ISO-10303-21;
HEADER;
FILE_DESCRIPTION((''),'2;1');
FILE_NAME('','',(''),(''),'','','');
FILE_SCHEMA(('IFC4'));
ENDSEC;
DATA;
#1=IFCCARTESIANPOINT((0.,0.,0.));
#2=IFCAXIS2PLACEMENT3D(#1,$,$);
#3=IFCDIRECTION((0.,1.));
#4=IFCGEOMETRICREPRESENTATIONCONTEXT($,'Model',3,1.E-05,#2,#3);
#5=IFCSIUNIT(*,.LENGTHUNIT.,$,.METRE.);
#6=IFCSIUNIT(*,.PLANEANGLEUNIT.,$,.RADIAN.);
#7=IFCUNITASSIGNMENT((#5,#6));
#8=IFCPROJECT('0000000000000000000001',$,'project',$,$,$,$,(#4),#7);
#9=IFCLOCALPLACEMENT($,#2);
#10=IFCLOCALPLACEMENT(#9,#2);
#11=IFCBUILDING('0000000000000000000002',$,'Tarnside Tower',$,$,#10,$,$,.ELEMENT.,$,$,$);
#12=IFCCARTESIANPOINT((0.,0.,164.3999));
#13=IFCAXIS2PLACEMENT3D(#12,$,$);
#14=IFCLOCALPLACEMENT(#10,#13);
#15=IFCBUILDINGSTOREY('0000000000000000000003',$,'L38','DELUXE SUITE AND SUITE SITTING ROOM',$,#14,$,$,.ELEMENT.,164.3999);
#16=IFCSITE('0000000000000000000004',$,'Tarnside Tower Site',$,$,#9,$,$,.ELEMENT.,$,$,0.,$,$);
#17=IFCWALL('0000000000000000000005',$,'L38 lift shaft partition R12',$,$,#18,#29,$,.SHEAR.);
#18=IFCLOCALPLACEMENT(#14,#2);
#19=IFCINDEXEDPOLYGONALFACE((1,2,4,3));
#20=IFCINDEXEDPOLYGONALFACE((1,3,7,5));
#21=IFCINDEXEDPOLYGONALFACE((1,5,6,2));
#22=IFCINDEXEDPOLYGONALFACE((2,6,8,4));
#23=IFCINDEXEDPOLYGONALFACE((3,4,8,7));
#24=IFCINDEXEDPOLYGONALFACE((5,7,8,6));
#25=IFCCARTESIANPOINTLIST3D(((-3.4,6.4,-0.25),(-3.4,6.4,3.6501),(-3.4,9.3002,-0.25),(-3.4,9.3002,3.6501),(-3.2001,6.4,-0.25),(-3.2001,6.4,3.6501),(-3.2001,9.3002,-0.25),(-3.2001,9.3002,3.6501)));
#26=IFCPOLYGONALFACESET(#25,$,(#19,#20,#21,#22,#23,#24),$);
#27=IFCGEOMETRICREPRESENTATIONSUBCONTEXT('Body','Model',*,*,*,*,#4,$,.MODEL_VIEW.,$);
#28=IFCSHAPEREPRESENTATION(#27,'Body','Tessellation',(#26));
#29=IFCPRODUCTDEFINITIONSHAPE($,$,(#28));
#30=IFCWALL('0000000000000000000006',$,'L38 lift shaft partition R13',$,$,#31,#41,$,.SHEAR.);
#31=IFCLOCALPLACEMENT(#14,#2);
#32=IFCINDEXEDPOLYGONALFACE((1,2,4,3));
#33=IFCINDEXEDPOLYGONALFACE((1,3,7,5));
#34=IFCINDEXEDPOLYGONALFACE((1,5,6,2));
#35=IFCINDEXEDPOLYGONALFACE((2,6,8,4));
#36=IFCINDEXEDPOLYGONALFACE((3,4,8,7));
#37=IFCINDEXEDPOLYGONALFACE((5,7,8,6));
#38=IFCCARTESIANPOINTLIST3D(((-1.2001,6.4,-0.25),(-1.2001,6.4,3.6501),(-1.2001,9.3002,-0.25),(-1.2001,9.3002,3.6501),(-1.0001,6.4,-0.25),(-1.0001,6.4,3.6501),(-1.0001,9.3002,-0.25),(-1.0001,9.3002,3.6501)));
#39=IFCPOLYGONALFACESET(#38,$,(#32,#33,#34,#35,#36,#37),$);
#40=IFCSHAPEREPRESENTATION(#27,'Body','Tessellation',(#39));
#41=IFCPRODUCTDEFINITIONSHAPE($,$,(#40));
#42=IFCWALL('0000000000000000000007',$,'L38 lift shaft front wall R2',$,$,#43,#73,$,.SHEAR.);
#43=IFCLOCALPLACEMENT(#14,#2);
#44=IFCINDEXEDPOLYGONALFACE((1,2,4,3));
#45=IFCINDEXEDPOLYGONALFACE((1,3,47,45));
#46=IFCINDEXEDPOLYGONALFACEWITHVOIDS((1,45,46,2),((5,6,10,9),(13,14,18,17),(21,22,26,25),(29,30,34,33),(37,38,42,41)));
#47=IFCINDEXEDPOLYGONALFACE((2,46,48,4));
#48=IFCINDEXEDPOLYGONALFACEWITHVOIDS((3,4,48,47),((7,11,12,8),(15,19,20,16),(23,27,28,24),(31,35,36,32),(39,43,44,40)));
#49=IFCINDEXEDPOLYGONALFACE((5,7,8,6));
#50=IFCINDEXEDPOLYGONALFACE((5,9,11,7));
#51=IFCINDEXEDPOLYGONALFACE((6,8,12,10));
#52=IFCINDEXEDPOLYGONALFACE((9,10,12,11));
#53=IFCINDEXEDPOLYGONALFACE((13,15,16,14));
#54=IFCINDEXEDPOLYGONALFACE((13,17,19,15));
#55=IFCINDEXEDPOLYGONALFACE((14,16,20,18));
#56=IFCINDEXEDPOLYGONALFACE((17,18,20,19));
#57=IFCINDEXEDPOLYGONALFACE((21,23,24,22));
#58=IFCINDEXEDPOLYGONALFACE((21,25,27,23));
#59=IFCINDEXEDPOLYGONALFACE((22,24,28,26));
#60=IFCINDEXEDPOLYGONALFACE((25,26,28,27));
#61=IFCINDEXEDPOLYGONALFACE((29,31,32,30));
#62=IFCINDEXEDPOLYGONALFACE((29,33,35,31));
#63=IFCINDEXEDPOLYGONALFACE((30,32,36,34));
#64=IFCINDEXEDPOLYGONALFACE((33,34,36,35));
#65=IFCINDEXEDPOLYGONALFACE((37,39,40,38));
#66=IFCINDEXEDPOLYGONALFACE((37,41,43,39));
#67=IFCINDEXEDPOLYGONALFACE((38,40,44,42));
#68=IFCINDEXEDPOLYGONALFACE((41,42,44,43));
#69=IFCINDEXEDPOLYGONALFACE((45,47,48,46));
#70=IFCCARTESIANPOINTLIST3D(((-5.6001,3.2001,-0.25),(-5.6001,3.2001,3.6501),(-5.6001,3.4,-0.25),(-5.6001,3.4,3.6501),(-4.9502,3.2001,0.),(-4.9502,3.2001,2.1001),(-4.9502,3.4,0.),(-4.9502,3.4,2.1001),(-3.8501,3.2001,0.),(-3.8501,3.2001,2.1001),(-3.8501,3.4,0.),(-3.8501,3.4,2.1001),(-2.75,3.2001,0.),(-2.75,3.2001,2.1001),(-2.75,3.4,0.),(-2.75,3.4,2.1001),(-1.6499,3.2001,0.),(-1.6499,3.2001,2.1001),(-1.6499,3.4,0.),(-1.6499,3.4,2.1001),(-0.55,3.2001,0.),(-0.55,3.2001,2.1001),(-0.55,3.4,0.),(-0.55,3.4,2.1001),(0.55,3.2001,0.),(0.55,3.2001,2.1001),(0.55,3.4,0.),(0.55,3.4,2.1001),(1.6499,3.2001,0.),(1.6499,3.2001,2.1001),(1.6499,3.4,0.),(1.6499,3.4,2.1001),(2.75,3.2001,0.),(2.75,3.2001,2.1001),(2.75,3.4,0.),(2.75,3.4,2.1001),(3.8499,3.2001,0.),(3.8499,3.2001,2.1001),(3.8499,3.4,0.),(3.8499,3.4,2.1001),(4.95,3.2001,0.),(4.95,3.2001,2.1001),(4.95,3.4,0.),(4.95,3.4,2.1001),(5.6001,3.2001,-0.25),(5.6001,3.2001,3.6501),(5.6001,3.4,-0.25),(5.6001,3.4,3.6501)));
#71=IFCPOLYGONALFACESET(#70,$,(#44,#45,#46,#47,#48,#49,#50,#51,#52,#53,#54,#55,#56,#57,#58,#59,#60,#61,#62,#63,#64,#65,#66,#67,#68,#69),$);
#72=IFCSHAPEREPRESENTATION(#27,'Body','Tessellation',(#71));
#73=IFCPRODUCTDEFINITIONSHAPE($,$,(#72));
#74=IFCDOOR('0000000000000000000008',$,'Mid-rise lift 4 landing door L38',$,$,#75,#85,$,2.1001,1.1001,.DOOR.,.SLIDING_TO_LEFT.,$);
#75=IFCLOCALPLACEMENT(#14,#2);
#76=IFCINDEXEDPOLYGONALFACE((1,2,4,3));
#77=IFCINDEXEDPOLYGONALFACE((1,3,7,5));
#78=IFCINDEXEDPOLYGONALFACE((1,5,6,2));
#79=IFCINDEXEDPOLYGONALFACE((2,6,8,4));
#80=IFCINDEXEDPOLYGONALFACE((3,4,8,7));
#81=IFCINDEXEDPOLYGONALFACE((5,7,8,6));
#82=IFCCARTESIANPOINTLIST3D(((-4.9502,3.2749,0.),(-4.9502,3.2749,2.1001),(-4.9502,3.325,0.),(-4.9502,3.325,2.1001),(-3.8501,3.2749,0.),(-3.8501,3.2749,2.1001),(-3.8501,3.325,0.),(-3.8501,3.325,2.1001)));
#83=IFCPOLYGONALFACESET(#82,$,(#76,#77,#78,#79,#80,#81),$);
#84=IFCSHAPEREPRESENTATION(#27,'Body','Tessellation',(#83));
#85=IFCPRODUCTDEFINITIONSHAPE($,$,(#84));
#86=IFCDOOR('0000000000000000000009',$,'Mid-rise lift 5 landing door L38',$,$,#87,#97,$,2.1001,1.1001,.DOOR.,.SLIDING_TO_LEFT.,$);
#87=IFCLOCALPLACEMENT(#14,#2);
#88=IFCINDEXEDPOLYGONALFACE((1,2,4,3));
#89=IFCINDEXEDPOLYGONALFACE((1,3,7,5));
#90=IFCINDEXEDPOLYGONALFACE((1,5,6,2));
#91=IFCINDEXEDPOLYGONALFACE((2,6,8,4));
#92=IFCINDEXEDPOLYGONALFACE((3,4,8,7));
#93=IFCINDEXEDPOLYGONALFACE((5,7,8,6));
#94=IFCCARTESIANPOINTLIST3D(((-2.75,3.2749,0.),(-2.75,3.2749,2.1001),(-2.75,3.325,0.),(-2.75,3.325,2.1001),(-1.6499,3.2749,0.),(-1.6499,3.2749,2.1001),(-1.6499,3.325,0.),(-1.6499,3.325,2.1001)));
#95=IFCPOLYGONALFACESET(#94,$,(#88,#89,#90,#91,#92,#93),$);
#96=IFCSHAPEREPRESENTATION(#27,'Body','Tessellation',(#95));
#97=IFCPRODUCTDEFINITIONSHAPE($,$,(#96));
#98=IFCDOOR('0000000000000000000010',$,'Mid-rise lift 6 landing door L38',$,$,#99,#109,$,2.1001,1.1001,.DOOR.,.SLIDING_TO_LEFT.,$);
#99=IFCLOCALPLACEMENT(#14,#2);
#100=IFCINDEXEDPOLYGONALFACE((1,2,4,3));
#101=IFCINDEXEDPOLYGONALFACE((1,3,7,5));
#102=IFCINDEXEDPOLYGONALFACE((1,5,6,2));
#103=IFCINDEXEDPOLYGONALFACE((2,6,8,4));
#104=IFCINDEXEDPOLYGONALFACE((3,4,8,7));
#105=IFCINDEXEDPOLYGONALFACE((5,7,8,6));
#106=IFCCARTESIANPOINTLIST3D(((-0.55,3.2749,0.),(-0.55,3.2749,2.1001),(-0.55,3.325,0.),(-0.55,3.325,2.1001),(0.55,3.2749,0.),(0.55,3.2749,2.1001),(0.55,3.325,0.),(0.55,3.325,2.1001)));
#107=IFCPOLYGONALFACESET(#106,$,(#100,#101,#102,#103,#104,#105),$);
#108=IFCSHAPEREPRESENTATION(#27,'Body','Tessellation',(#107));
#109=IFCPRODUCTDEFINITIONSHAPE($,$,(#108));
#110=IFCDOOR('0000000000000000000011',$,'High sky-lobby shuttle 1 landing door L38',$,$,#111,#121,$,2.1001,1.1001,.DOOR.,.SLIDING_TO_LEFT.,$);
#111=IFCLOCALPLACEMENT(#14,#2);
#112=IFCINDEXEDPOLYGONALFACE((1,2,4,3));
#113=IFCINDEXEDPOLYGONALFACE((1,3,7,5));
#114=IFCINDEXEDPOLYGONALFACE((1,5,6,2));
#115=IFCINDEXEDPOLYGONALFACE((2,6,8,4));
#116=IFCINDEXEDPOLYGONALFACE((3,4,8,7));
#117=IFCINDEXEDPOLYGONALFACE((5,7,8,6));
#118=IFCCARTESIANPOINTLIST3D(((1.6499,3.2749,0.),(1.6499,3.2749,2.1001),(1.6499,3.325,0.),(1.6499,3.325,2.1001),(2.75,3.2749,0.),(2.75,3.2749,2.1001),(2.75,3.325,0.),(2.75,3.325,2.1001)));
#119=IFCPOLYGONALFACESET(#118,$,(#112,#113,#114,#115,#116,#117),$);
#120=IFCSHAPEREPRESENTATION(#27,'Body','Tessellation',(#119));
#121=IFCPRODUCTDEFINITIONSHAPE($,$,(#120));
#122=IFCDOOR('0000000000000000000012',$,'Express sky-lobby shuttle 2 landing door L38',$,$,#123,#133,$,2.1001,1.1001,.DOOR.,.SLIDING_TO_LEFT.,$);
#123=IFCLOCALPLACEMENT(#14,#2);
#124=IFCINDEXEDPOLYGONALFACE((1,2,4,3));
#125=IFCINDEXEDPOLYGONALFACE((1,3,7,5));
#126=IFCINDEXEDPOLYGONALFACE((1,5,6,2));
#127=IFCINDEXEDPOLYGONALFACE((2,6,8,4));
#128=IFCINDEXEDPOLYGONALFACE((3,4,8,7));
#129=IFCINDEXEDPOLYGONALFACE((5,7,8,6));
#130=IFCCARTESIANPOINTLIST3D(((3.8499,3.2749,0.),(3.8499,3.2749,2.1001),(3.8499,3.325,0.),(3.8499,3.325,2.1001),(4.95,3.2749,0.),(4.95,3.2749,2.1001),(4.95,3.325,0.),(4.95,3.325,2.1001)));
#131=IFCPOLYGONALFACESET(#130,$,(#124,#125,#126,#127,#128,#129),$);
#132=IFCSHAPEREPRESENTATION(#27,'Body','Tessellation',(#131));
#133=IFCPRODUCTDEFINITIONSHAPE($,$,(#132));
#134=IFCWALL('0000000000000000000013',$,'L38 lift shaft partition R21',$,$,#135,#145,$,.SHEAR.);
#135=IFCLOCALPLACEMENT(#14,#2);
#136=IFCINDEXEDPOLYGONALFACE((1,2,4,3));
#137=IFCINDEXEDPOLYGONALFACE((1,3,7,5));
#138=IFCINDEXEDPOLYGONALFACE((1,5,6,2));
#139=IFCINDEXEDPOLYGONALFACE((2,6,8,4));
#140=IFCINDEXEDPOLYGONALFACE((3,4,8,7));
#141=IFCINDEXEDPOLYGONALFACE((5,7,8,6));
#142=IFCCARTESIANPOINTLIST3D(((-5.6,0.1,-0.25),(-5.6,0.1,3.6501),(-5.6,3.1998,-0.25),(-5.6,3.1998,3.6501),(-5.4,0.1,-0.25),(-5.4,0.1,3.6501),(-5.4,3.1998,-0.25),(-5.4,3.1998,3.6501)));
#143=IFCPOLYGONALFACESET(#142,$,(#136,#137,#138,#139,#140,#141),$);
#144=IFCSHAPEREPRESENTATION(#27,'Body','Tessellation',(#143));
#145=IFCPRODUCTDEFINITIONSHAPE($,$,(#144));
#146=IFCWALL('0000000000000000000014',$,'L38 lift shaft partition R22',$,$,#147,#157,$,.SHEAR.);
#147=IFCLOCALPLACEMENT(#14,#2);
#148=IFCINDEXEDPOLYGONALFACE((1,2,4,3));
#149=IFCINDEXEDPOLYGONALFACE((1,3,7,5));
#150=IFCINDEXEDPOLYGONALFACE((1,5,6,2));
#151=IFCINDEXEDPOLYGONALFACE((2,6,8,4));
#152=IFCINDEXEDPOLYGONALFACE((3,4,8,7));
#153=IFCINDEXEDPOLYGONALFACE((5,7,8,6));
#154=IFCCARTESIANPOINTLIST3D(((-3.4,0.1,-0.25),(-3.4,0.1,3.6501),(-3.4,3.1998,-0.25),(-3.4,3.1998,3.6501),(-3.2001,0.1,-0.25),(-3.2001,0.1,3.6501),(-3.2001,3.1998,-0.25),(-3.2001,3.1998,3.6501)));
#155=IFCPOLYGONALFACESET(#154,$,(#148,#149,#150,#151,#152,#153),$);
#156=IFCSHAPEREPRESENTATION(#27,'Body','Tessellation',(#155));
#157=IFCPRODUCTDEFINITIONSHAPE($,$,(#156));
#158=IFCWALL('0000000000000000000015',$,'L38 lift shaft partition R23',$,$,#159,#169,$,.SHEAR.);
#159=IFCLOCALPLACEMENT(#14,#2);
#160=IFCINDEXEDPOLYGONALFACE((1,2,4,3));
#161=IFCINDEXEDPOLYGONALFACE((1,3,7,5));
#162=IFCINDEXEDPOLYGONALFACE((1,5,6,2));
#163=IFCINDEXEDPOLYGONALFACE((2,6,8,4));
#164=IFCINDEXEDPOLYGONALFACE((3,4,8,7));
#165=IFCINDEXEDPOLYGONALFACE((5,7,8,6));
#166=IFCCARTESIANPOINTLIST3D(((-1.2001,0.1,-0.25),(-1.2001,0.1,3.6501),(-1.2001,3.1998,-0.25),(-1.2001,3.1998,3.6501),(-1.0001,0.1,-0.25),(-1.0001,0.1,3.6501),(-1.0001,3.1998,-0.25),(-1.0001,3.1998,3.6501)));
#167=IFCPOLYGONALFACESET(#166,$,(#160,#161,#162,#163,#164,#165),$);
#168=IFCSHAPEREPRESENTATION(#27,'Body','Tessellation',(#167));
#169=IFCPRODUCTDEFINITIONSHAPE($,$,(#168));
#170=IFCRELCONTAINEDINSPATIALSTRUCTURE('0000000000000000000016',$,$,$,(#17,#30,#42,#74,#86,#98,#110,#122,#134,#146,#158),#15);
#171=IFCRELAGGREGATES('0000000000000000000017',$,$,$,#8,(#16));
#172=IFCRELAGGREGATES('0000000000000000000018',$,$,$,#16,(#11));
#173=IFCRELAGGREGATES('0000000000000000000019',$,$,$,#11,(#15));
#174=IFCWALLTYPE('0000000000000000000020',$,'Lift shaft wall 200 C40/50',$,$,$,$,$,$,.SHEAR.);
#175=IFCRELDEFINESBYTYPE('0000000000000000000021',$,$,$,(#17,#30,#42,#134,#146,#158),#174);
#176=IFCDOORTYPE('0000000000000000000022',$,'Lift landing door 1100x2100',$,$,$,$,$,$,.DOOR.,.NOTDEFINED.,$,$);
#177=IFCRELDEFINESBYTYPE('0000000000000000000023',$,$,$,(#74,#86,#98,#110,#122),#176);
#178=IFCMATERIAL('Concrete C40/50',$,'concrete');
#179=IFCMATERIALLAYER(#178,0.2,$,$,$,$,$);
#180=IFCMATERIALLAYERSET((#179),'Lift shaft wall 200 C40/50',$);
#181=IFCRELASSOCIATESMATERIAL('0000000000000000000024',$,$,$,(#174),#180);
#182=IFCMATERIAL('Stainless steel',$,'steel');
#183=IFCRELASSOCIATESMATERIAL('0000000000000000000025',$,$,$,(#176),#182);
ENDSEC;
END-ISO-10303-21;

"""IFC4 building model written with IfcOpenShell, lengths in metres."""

from ifc_helpers import new_model, si_unit, direction, frame, frame_2d, origin, place, context, subcontext, project, spatial, rectangle, extrude, material, layer, layer_set, type_object, element, fill, save


model = new_model("IFC4")

# Units and contexts
model_context = context("Model", 3, precision=1e-05, world=origin(), true_north=direction((0.0, 1.0)))
body_context = subcontext(model_context, "Body", "Model", "MODEL_VIEW")
ifc_project = project(units=[si_unit("LENGTHUNIT", "METRE"), si_unit("PLANEANGLEUNIT", "RADIAN")], contexts=[model_context])

# Site, building, storey
site_placement = place(None, origin())
site = spatial("IfcSite", under=ifc_project, at=site_placement, Name="Tarnside Tower Site", CompositionType="ELEMENT", RefElevation=0.0)
building_placement = place(site_placement, origin())
building = spatial("IfcBuilding", under=site, at=building_placement, Name="Tarnside Tower", CompositionType="ELEMENT")
storey_placement = place(building_placement, frame((0.0, 0.0, 164.3999)))
storey = spatial("IfcBuildingStorey", under=building, at=storey_placement, Name="L38", Description="DELUXE SUITE AND SUITE SITTING ROOM", CompositionType="ELEMENT", Elevation=164.3999)

# Shared definitions
ifc_material_1 = material(Name="Concrete C40/50", Category="concrete")

# Shared definitions
ifc_layer_1 = layer(ifc_material_1, 0.2)
ifc_layer_set_1 = layer_set([ifc_layer_1], Name="Lift shaft wall 200 C40/50")
wall_type = type_object("IfcWallType", Name="Lift shaft wall 200 C40/50", PredefinedType="SHEAR", material=ifc_layer_set_1)
ifc_material_2 = material(Name="Stainless steel", Category="steel")
door_type_1 = type_object("IfcDoorType", Name="Lift landing door 1100x2100", OperationType="NOTDEFINED", PredefinedType="DOOR", material=ifc_material_2)

# Walls
for number, where, z_axis, x_axis, name in (
    (1, (-3.3, 6.3999, -0.25), (0.0, 0.0, 1.0), (0.0, 1.0, 0.0), "L38 lift shaft partition R12"),
    (2, (-1.1001, 6.3999, -0.25), (0.0, 0.0, 1.0), (0.0, 1.0, 0.0), "L38 lift shaft partition R13"),
):
    element("IfcWall", number, at=place(storey_placement, frame(where, z_axis=z_axis, x_axis=x_axis)), inside=storey, type_object=wall_type, Name=name, PredefinedType="SHEAR", context=body_context, shape_type="SweptSolid", body=[
        extrude(rectangle(XDim=2.9001, YDim=0.2, at=frame_2d((1.4502, 0.0))), origin(), (0.0, 0.0, 1.0), 3.9001),
    ])

# Wall, openings, doors
wall_1_placement = place(storey_placement, frame((-5.6001, 3.3, -0.25), z_axis=(0.0, 0.0, 1.0), x_axis=(1.0, 0.0, 0.0)))
wall_1 = element("IfcWall", 3, at=wall_1_placement, inside=storey, type_object=wall_type, Name="L38 lift shaft front wall R2", PredefinedType="SHEAR", context=body_context, shape_type="SweptSolid", body=[
    extrude(rectangle(XDim=11.2002, YDim=0.2, at=frame_2d((5.6001, 0.0))), origin(), (0.0, 0.0, 1.0), 3.9001),
])
opening_1_placement = place(wall_1_placement, frame((0.6499, 0.0, 0.25)))
opening_1 = element("IfcOpeningElement", 4, at=opening_1_placement, cuts=wall_1, PredefinedType="OPENING", context=body_context, shape_type="SweptSolid", body=[
    extrude(rectangle(XDim=1.1001, YDim=2.1001, at=frame_2d((0.55, 1.05))), frame((0.0, 0.1099, 0.0), z_axis=(0.0, -1.0, 0.0), x_axis=(1.0, 0.0, 0.0)), (0.0, 0.0, 1.0), 0.22),
])
opening_2_placement = place(wall_1_placement, frame((2.8501, 0.0, 0.25)))
opening_2 = element("IfcOpeningElement", 5, at=opening_2_placement, cuts=wall_1, PredefinedType="OPENING", context=body_context, shape_type="SweptSolid", body=[
    extrude(rectangle(XDim=1.1001, YDim=2.1001, at=frame_2d((0.55, 1.05))), frame((0.0, 0.1099, 0.0), z_axis=(0.0, -1.0, 0.0), x_axis=(1.0, 0.0, 0.0)), (0.0, 0.0, 1.0), 0.22),
])
opening_3_placement = place(wall_1_placement, frame((5.05, 0.0, 0.25)))
opening_3 = element("IfcOpeningElement", 6, at=opening_3_placement, cuts=wall_1, PredefinedType="OPENING", context=body_context, shape_type="SweptSolid", body=[
    extrude(rectangle(XDim=1.1001, YDim=2.1001, at=frame_2d((0.55, 1.05))), frame((0.0, 0.1099, 0.0), z_axis=(0.0, -1.0, 0.0), x_axis=(1.0, 0.0, 0.0)), (0.0, 0.0, 1.0), 0.22),
])
opening_4_placement = place(wall_1_placement, frame((7.25, 0.0, 0.25)))
opening_4 = element("IfcOpeningElement", 7, at=opening_4_placement, cuts=wall_1, PredefinedType="OPENING", context=body_context, shape_type="SweptSolid", body=[
    extrude(rectangle(XDim=1.1001, YDim=2.1001, at=frame_2d((0.55, 1.05))), frame((0.0, 0.1099, 0.0), z_axis=(0.0, -1.0, 0.0), x_axis=(1.0, 0.0, 0.0)), (0.0, 0.0, 1.0), 0.22),
])
opening_5_placement = place(wall_1_placement, frame((9.45, 0.0, 0.25)))
opening_5 = element("IfcOpeningElement", 8, at=opening_5_placement, cuts=wall_1, PredefinedType="OPENING", context=body_context, shape_type="SweptSolid", body=[
    extrude(rectangle(XDim=1.1001, YDim=2.1001, at=frame_2d((0.55, 1.05))), frame((0.0, 0.1099, 0.0), z_axis=(0.0, -1.0, 0.0), x_axis=(1.0, 0.0, 0.0)), (0.0, 0.0, 1.0), 0.22),
])
door_1_placement = place(opening_1_placement, origin())
door_1 = element("IfcDoor", 9, at=door_1_placement, inside=storey, type_object=door_type_1, Name="Mid-rise lift 4 landing door L38", OperationType="SLIDING_TO_LEFT", OverallHeight=2.1001, OverallWidth=1.1001, PredefinedType="DOOR", context=body_context, shape_type="SweptSolid", body=[
    extrude(rectangle(XDim=1.1001, YDim=2.1001, at=frame_2d((0.55, 1.05))), frame((0.0, 0.0249, 0.0), z_axis=(0.0, -1.0, 0.0), x_axis=(1.0, 0.0, 0.0)), (0.0, 0.0, 1.0), 0.05),
])
fill(opening_1, door_1)
door_2_placement = place(opening_2_placement, origin())
door_2 = element("IfcDoor", 10, at=door_2_placement, inside=storey, type_object=door_type_1, Name="Mid-rise lift 5 landing door L38", OperationType="SLIDING_TO_LEFT", OverallHeight=2.1001, OverallWidth=1.1001, PredefinedType="DOOR", context=body_context, shape_type="SweptSolid", body=[
    extrude(rectangle(XDim=1.1001, YDim=2.1001, at=frame_2d((0.55, 1.05))), frame((0.0, 0.0249, 0.0), z_axis=(0.0, -1.0, 0.0), x_axis=(1.0, 0.0, 0.0)), (0.0, 0.0, 1.0), 0.05),
])
fill(opening_2, door_2)
door_3_placement = place(opening_3_placement, origin())
door_3 = element("IfcDoor", 11, at=door_3_placement, inside=storey, type_object=door_type_1, Name="Mid-rise lift 6 landing door L38", OperationType="SLIDING_TO_LEFT", OverallHeight=2.1001, OverallWidth=1.1001, PredefinedType="DOOR", context=body_context, shape_type="SweptSolid", body=[
    extrude(rectangle(XDim=1.1001, YDim=2.1001, at=frame_2d((0.55, 1.05))), frame((0.0, 0.0249, 0.0), z_axis=(0.0, -1.0, 0.0), x_axis=(1.0, 0.0, 0.0)), (0.0, 0.0, 1.0), 0.05),
])
fill(opening_3, door_3)
door_4_placement = place(opening_4_placement, origin())
door_4 = element("IfcDoor", 12, at=door_4_placement, inside=storey, type_object=door_type_1, Name="High sky-lobby shuttle 1 landing door L38", OperationType="SLIDING_TO_LEFT", OverallHeight=2.1001, OverallWidth=1.1001, PredefinedType="DOOR", context=body_context, shape_type="SweptSolid", body=[
    extrude(rectangle(XDim=1.1001, YDim=2.1001, at=frame_2d((0.55, 1.05))), frame((0.0, 0.0249, 0.0), z_axis=(0.0, -1.0, 0.0), x_axis=(1.0, 0.0, 0.0)), (0.0, 0.0, 1.0), 0.05),
])
fill(opening_4, door_4)
door_5_placement = place(opening_5_placement, origin())
door_5 = element("IfcDoor", 13, at=door_5_placement, inside=storey, type_object=door_type_1, Name="Express sky-lobby shuttle 2 landing door L38", OperationType="SLIDING_TO_LEFT", OverallHeight=2.1001, OverallWidth=1.1001, PredefinedType="DOOR", context=body_context, shape_type="SweptSolid", body=[
    extrude(rectangle(XDim=1.1001, YDim=2.1001, at=frame_2d((0.55, 1.05))), frame((0.0, 0.0249, 0.0), z_axis=(0.0, -1.0, 0.0), x_axis=(1.0, 0.0, 0.0)), (0.0, 0.0, 1.0), 0.05),
])
fill(opening_5, door_5)

# Walls
for number, where, z_axis, x_axis, name in (
    (14, (-5.5, 0.1001, -0.25), (0.0, 0.0, 1.0), (0.0, 1.0, 0.0), "L38 lift shaft partition R21"),
    (15, (-3.3, 0.1001, -0.25), (0.0, 0.0, 1.0), (0.0, 1.0, 0.0), "L38 lift shaft partition R22"),
    (16, (-1.1001, 0.1001, -0.25), (0.0, 0.0, 1.0), (0.0, 1.0, 0.0), "L38 lift shaft partition R23"),
):
    element("IfcWall", number, at=place(storey_placement, frame(where, z_axis=z_axis, x_axis=x_axis)), inside=storey, type_object=wall_type, Name=name, PredefinedType="SHEAR", context=body_context, shape_type="SweptSolid", body=[
        extrude(rectangle(XDim=3.0999, YDim=0.2, at=frame_2d((1.5498, 0.0))), origin(), (0.0, 0.0, 1.0), 3.9001),
    ])

save(model, "model.ifc")
